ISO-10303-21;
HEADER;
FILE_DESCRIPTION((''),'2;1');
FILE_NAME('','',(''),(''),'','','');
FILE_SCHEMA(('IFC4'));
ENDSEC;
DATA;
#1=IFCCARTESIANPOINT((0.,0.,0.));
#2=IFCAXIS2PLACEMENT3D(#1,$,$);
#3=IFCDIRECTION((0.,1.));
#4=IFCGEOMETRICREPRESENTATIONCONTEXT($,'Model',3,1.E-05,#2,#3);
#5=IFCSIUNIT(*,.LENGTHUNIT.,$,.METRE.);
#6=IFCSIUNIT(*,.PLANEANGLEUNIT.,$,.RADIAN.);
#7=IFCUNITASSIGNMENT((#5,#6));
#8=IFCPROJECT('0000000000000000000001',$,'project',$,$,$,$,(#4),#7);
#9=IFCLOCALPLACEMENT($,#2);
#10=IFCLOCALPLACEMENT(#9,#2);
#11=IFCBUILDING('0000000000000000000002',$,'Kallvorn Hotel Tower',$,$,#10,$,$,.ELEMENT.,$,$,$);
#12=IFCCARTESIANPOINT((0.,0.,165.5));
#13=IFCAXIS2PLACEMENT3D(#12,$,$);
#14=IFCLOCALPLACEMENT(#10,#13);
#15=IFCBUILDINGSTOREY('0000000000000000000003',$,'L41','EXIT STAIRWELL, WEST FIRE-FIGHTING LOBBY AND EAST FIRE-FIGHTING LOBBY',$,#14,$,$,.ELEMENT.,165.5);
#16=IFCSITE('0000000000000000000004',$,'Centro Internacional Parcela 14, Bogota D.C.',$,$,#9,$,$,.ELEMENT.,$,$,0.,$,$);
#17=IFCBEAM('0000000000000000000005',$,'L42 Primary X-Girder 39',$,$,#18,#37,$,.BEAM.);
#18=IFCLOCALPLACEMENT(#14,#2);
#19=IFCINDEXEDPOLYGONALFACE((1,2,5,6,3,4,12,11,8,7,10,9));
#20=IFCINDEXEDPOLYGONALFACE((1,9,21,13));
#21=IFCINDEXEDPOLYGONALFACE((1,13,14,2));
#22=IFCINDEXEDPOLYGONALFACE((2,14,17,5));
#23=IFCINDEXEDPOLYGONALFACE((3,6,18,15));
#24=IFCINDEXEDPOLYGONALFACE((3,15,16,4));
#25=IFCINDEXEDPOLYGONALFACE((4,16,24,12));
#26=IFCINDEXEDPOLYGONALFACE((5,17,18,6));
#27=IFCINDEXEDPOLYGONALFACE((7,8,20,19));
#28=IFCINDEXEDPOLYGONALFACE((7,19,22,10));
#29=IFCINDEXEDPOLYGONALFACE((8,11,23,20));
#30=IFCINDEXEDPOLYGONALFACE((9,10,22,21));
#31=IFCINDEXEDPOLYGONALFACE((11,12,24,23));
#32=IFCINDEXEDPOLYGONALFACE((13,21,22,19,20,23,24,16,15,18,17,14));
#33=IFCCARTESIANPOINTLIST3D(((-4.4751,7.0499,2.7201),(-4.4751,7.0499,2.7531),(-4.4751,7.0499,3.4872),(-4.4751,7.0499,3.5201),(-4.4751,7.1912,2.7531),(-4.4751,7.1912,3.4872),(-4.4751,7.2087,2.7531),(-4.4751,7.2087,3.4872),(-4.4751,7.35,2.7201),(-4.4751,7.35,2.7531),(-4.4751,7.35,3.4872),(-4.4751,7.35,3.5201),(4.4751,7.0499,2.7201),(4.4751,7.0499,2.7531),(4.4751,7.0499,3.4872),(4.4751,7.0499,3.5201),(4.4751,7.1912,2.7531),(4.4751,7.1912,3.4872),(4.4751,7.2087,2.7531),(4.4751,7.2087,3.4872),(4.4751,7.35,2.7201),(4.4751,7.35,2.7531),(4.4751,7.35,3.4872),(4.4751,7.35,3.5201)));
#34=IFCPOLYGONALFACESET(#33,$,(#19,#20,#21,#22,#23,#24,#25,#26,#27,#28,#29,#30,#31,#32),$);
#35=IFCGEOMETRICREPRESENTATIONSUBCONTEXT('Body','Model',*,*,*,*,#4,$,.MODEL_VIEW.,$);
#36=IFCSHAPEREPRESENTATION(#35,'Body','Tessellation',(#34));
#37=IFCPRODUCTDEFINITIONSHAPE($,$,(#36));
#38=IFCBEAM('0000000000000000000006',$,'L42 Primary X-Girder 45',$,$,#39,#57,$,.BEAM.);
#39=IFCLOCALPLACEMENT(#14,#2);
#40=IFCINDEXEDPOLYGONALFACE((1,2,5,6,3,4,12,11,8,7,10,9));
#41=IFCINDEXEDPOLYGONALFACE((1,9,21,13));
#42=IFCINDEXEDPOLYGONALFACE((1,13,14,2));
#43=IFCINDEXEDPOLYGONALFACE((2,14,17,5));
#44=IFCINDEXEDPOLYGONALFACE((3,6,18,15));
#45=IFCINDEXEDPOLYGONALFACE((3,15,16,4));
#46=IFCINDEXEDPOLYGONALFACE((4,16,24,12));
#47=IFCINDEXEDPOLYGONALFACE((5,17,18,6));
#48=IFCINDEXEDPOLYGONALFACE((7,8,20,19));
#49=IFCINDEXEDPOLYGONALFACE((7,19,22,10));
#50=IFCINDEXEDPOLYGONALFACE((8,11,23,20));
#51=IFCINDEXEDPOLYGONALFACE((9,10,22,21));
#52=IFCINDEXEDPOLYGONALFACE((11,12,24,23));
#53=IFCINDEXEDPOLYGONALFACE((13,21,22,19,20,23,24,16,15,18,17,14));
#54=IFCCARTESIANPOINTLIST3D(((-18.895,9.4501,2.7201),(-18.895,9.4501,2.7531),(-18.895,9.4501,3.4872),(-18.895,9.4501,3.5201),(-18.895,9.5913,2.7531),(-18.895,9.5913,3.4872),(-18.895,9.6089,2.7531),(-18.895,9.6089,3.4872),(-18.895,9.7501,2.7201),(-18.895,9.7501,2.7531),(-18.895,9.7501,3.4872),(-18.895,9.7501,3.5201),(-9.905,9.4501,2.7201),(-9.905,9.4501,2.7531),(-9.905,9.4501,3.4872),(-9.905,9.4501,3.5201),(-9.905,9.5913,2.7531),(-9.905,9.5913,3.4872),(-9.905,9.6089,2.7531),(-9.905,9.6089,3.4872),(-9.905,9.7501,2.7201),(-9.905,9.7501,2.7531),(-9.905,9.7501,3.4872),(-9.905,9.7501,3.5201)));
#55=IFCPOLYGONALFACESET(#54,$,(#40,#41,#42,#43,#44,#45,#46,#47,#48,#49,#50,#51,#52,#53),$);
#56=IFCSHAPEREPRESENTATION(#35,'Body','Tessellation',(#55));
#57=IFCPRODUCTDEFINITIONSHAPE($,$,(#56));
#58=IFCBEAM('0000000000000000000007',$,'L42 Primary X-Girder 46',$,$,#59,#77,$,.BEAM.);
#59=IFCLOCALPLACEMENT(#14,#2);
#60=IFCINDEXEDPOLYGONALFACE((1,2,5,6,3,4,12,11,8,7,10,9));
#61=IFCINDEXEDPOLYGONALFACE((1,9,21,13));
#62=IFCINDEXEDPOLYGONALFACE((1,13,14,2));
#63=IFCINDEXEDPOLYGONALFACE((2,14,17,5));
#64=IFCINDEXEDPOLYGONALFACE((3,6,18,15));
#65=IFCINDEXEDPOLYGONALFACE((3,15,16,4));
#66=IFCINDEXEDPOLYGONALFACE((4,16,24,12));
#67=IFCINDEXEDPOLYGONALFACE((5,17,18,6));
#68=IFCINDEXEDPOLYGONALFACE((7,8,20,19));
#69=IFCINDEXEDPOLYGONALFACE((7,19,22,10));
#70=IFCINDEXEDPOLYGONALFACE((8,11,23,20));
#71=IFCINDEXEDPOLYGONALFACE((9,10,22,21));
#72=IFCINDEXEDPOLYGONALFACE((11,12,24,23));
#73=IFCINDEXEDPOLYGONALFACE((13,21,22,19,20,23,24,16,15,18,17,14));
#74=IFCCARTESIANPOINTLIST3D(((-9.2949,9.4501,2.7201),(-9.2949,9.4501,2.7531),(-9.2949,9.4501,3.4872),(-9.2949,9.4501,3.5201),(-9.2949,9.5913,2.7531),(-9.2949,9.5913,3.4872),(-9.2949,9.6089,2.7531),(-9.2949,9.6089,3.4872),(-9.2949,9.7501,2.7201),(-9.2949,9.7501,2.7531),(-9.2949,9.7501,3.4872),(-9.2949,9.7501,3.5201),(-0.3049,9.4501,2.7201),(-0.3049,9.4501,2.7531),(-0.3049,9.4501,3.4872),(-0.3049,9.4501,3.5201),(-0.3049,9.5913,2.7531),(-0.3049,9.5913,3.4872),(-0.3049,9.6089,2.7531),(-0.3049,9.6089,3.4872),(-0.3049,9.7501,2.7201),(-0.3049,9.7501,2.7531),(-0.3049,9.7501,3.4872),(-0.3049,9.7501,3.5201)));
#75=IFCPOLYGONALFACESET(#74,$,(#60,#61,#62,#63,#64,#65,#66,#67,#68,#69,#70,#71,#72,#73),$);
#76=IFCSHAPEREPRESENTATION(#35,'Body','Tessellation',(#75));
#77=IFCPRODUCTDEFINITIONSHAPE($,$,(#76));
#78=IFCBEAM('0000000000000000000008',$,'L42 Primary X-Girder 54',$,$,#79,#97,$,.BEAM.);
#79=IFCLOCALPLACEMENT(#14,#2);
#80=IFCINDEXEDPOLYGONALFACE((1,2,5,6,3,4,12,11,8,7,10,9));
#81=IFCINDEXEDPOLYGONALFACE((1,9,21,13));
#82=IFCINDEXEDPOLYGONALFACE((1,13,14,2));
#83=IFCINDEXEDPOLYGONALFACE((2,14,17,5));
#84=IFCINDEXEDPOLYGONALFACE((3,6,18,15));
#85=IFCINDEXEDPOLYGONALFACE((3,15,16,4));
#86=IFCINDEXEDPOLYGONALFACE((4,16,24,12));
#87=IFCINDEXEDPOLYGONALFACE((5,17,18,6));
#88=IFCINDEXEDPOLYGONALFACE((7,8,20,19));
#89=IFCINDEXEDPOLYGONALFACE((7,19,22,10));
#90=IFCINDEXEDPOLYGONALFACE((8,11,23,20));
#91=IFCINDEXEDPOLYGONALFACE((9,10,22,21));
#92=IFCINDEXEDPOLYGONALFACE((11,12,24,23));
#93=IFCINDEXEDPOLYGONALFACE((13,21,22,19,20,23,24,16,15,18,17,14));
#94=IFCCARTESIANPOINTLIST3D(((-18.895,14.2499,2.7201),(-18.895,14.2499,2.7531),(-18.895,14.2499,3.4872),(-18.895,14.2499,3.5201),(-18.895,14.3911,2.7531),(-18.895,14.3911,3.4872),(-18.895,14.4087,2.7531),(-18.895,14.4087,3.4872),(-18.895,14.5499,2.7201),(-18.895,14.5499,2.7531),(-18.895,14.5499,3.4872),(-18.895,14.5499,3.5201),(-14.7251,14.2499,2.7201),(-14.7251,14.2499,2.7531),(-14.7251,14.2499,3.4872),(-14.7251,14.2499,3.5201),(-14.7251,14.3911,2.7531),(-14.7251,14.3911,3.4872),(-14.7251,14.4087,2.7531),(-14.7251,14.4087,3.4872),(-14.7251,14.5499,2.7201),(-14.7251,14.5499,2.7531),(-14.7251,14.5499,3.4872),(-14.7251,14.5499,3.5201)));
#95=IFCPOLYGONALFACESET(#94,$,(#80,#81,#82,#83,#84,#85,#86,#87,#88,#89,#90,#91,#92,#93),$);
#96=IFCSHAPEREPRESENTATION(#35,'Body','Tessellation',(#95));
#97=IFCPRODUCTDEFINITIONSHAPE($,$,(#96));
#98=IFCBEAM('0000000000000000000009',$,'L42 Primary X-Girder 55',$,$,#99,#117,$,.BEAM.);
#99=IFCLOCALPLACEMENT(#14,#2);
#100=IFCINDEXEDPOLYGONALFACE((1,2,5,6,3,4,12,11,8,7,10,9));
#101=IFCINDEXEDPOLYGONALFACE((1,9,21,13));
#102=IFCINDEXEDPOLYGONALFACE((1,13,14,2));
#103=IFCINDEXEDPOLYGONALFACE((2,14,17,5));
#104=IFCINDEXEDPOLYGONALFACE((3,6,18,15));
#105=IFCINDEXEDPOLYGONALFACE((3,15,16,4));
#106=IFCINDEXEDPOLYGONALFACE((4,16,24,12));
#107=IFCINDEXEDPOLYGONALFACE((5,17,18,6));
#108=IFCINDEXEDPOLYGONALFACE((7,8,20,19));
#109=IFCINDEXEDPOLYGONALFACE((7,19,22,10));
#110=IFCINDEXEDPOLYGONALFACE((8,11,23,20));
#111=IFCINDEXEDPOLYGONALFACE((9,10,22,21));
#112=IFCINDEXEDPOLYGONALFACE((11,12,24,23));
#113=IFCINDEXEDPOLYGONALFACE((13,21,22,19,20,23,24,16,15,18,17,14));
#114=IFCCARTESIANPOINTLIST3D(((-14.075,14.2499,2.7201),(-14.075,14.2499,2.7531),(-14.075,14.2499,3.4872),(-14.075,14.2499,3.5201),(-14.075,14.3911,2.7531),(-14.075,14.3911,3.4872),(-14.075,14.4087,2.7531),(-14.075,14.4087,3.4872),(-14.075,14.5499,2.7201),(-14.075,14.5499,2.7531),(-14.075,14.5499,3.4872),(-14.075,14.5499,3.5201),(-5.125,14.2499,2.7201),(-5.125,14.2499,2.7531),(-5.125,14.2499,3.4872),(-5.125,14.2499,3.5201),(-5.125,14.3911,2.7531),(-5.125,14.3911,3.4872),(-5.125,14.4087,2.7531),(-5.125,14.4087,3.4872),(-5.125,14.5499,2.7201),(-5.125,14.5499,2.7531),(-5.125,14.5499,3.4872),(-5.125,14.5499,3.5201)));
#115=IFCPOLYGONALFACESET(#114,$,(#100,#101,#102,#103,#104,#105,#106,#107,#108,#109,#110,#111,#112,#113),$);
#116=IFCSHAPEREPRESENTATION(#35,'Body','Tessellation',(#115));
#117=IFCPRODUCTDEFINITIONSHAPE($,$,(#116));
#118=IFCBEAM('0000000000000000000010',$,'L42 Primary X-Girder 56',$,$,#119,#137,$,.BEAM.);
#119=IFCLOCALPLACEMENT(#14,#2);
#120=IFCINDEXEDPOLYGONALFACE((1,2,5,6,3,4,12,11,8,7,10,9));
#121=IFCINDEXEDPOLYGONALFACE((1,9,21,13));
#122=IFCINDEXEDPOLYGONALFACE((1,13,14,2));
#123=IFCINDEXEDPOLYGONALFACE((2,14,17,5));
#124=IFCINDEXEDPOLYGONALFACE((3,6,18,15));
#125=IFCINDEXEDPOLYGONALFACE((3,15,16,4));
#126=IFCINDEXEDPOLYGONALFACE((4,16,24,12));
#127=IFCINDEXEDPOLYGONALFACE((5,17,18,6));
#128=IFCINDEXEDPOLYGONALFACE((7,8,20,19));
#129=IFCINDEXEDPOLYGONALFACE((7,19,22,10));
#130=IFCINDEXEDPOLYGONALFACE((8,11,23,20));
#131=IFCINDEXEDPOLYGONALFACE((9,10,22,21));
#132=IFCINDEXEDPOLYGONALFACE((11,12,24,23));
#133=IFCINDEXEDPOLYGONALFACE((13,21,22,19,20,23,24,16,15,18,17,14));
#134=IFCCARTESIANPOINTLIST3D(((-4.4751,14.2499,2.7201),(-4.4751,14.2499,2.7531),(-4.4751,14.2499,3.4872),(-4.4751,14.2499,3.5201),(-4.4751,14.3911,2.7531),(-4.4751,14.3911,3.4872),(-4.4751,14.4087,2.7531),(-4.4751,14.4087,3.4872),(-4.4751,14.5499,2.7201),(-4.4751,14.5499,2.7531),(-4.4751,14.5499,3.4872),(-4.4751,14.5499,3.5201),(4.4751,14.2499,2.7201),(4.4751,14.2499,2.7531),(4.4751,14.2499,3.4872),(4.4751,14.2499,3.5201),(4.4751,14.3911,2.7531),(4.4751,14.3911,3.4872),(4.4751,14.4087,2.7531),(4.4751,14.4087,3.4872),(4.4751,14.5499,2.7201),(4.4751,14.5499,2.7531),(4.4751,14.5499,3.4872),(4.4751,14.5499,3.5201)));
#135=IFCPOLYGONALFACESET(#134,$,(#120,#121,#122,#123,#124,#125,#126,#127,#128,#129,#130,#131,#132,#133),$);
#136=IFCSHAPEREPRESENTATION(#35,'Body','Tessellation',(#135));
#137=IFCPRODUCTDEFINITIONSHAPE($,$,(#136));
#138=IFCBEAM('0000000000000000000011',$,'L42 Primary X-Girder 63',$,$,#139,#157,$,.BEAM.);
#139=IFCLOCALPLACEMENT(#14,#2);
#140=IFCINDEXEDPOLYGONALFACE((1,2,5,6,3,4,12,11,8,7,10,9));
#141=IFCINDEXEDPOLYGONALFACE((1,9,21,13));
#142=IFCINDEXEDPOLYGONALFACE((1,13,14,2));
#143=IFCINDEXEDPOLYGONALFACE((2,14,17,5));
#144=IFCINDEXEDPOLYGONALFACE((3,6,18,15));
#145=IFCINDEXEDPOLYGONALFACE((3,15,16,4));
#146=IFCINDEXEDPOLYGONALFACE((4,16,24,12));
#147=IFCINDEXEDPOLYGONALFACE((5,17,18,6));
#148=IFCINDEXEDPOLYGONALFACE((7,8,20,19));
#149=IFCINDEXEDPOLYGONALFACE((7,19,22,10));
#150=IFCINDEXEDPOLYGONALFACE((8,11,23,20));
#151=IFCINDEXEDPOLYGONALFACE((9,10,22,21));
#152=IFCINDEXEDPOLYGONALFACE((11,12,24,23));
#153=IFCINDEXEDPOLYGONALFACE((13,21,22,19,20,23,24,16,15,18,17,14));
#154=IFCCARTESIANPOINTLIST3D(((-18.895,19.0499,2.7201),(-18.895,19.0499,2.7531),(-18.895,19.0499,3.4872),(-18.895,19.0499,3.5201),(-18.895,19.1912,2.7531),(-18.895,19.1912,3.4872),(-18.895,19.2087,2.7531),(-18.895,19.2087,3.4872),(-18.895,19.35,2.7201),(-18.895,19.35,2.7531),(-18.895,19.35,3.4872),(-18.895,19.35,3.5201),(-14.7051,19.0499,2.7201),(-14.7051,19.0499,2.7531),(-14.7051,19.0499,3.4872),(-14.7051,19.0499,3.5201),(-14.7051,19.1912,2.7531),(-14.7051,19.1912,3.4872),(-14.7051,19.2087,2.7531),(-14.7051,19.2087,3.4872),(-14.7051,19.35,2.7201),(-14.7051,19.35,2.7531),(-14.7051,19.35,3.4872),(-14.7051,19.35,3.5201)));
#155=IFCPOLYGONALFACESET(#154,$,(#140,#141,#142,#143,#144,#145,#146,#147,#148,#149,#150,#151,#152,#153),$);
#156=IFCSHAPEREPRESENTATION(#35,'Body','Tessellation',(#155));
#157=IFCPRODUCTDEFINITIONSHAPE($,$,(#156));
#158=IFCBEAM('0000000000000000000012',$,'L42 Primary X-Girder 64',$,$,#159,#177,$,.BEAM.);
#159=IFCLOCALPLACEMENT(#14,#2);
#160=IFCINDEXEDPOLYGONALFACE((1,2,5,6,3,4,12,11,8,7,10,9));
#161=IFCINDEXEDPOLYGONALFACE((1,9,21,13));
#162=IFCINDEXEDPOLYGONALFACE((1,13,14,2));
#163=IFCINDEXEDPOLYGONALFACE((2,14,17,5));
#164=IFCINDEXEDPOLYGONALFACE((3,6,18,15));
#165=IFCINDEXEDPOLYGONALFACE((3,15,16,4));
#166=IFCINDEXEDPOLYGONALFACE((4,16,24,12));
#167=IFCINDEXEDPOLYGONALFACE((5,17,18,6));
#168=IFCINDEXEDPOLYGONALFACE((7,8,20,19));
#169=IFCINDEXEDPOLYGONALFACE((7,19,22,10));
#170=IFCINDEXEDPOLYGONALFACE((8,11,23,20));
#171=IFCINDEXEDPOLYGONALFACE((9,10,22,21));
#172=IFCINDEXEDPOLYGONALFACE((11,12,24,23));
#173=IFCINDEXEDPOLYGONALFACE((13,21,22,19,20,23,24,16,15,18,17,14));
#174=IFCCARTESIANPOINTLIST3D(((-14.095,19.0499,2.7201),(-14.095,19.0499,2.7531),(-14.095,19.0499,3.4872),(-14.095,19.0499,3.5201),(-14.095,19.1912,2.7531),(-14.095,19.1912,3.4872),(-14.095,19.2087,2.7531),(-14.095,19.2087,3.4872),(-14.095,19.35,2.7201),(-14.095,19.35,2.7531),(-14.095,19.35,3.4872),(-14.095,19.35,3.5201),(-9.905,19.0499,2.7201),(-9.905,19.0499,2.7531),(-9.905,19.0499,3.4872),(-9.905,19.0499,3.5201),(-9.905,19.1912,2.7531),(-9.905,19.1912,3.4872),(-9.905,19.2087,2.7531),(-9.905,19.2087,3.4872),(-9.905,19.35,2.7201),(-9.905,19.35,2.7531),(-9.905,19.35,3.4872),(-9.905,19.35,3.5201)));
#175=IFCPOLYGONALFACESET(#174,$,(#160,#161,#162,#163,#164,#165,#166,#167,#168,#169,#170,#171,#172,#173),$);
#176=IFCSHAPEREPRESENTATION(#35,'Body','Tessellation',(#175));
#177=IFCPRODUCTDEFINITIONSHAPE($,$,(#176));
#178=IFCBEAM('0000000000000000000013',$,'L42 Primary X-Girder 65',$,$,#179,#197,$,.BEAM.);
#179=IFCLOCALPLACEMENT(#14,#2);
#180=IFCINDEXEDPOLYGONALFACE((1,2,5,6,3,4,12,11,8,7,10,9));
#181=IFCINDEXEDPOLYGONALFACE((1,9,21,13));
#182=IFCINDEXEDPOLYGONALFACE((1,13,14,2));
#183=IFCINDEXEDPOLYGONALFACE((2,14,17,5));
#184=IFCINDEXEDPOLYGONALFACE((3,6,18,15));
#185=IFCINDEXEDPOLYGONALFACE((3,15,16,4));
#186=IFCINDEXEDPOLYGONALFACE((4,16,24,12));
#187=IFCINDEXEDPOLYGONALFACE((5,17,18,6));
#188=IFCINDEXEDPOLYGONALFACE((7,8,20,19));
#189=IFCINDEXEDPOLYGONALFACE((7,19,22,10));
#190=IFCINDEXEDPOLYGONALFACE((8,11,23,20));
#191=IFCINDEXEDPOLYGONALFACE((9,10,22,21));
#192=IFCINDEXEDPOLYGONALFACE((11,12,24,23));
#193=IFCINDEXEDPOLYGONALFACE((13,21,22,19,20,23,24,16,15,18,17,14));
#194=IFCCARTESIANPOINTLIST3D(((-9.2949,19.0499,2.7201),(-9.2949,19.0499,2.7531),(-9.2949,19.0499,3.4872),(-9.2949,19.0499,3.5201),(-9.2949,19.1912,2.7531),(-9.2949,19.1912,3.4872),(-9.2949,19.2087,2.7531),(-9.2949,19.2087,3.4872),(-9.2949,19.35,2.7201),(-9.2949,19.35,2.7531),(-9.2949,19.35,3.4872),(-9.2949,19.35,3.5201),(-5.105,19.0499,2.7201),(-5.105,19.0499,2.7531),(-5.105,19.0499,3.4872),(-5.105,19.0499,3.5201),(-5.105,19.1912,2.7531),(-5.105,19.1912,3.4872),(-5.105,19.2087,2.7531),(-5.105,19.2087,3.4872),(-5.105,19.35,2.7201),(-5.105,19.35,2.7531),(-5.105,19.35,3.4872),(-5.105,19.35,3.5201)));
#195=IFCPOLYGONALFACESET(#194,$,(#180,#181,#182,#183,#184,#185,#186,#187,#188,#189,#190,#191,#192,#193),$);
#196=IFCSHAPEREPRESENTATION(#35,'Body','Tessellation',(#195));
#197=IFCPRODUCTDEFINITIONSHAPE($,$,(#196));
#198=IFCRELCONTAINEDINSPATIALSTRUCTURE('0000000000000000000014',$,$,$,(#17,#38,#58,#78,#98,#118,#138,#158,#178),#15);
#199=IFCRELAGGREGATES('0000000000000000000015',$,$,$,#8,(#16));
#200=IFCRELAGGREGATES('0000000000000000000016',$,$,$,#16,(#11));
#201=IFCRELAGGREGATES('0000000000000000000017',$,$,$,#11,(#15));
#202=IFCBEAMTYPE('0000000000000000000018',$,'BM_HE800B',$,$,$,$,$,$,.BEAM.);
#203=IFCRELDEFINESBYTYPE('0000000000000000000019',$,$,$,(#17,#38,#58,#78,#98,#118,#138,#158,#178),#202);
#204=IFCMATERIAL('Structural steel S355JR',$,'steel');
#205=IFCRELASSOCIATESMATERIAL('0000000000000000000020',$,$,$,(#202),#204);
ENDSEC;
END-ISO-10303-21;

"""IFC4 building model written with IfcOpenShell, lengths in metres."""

from ifc_helpers import new_model, si_unit, direction, frame, origin, origin_2d, place, context, subcontext, project, spatial, i_section, extrude, material, material_profile, profile_set, type_object, element, save


model = new_model("IFC4")

# Units and contexts
model_context = context("Model", 3, precision=1e-05, world=origin(), true_north=direction((0.0, 1.0)))
body_context = subcontext(model_context, "Body", "Model", "MODEL_VIEW")
ifc_project = project(units=[si_unit("LENGTHUNIT", "METRE"), si_unit("PLANEANGLEUNIT", "RADIAN")], contexts=[model_context])

# Site, building, storey
site_placement = place(None, origin())
site = spatial("IfcSite", under=ifc_project, at=site_placement, Name="Centro Internacional Parcela 14, Bogota D.C.", CompositionType="ELEMENT", RefElevation=0.0)
building_placement = place(site_placement, origin())
building = spatial("IfcBuilding", under=site, at=building_placement, Name="Kallvorn Hotel Tower", CompositionType="ELEMENT")
storey_placement = place(building_placement, frame((0.0, 0.0, 165.5)))
storey = spatial("IfcBuildingStorey", under=building, at=storey_placement, Name="L41", Description="EXIT STAIRWELL, WEST FIRE-FIGHTING LOBBY AND EAST FIRE-FIGHTING LOBBY", CompositionType="ELEMENT", Elevation=165.5)

# Beams
ifc_material_1 = material(Name="Structural steel S355JR", Category="steel")
ifc_material_profile_1 = material_profile(ifc_material_1, i_section(OverallWidth=0.3, OverallDepth=0.8, WebThickness=0.0176, FlangeThickness=0.033, at=origin_2d()), Name="HE 800 B")
ifc_profile_set_1 = profile_set([ifc_material_profile_1], Name="Structural steel S355JR")
beam_type_1 = type_object("IfcBeamType", Name="BM_HE800B", PredefinedType="BEAM", material=ifc_profile_set_1)
beam_1_placement = place(storey_placement, frame((-4.4751, 7.2, 3.1201), z_axis=(1.0, 0.0, 0.0), x_axis=(0.0, 1.0, 0.0)))
element("IfcBeam", 1, at=beam_1_placement, inside=storey, type_object=beam_type_1, Name="L42 Primary X-Girder 39", PredefinedType="BEAM", context=body_context, shape_type="SweptSolid", body=[
    extrude(i_section(OverallWidth=0.3, OverallDepth=0.8, WebThickness=0.0176, FlangeThickness=0.033, at=origin_2d()), origin(), (0.0, 0.0, 1.0), 8.9502),
])
for number, where, z_axis, x_axis, name in (
    (2, (-18.895, 9.6001, 3.1201), (1.0, 0.0, 0.0), (0.0, 1.0, 0.0), "L42 Primary X-Girder 45"),
    (3, (-9.2949, 9.6001, 3.1201), (1.0, 0.0, 0.0), (0.0, 1.0, 0.0), "L42 Primary X-Girder 46"),
):
    element("IfcBeam", number, at=place(storey_placement, frame(where, z_axis=z_axis, x_axis=x_axis)), inside=storey, type_object=beam_type_1, Name=name, PredefinedType="BEAM", context=body_context, shape_type="SweptSolid", body=[
        extrude(i_section(OverallWidth=0.3, OverallDepth=0.8, WebThickness=0.0176, FlangeThickness=0.033, at=origin_2d()), origin(), (0.0, 0.0, 1.0), 8.99),
    ])
beam_2_placement = place(storey_placement, frame((-18.895, 14.3999, 3.1201), z_axis=(1.0, 0.0, 0.0), x_axis=(0.0, 1.0, 0.0)))
element("IfcBeam", 4, at=beam_2_placement, inside=storey, type_object=beam_type_1, Name="L42 Primary X-Girder 54", PredefinedType="BEAM", context=body_context, shape_type="SweptSolid", body=[
    extrude(i_section(OverallWidth=0.3, OverallDepth=0.8, WebThickness=0.0176, FlangeThickness=0.033, at=origin_2d()), origin(), (0.0, 0.0, 1.0), 4.1699),
])
beam_3_placement = place(storey_placement, frame((-14.075, 14.3999, 3.1201), z_axis=(1.0, 0.0, 0.0), x_axis=(0.0, 1.0, 0.0)))
element("IfcBeam", 5, at=beam_3_placement, inside=storey, type_object=beam_type_1, Name="L42 Primary X-Girder 55", PredefinedType="BEAM", context=body_context, shape_type="SweptSolid", body=[
    extrude(i_section(OverallWidth=0.3, OverallDepth=0.8, WebThickness=0.0176, FlangeThickness=0.033, at=origin_2d()), origin(), (0.0, 0.0, 1.0), 8.95),
])
beam_4_placement = place(storey_placement, frame((-4.4751, 14.3999, 3.1201), z_axis=(1.0, 0.0, 0.0), x_axis=(0.0, 1.0, 0.0)))
element("IfcBeam", 6, at=beam_4_placement, inside=storey, type_object=beam_type_1, Name="L42 Primary X-Girder 56", PredefinedType="BEAM", context=body_context, shape_type="SweptSolid", body=[
    extrude(i_section(OverallWidth=0.3, OverallDepth=0.8, WebThickness=0.0176, FlangeThickness=0.033, at=origin_2d()), origin(), (0.0, 0.0, 1.0), 8.9502),
])
for number, where, z_axis, x_axis, name in (
    (7, (-18.895, 19.2, 3.1201), (1.0, 0.0, 0.0), (0.0, 1.0, 0.0), "L42 Primary X-Girder 63"),
    (8, (-14.095, 19.2, 3.1201), (1.0, 0.0, 0.0), (0.0, 1.0, 0.0), "L42 Primary X-Girder 64"),
    (9, (-9.2949, 19.2, 3.1201), (1.0, 0.0, 0.0), (0.0, 1.0, 0.0), "L42 Primary X-Girder 65"),
):
    element("IfcBeam", number, at=place(storey_placement, frame(where, z_axis=z_axis, x_axis=x_axis)), inside=storey, type_object=beam_type_1, Name=name, PredefinedType="BEAM", context=body_context, shape_type="SweptSolid", body=[
        extrude(i_section(OverallWidth=0.3, OverallDepth=0.8, WebThickness=0.0176, FlangeThickness=0.033, at=origin_2d()), origin(), (0.0, 0.0, 1.0), 4.1899),
    ])

save(model, "model.ifc")
